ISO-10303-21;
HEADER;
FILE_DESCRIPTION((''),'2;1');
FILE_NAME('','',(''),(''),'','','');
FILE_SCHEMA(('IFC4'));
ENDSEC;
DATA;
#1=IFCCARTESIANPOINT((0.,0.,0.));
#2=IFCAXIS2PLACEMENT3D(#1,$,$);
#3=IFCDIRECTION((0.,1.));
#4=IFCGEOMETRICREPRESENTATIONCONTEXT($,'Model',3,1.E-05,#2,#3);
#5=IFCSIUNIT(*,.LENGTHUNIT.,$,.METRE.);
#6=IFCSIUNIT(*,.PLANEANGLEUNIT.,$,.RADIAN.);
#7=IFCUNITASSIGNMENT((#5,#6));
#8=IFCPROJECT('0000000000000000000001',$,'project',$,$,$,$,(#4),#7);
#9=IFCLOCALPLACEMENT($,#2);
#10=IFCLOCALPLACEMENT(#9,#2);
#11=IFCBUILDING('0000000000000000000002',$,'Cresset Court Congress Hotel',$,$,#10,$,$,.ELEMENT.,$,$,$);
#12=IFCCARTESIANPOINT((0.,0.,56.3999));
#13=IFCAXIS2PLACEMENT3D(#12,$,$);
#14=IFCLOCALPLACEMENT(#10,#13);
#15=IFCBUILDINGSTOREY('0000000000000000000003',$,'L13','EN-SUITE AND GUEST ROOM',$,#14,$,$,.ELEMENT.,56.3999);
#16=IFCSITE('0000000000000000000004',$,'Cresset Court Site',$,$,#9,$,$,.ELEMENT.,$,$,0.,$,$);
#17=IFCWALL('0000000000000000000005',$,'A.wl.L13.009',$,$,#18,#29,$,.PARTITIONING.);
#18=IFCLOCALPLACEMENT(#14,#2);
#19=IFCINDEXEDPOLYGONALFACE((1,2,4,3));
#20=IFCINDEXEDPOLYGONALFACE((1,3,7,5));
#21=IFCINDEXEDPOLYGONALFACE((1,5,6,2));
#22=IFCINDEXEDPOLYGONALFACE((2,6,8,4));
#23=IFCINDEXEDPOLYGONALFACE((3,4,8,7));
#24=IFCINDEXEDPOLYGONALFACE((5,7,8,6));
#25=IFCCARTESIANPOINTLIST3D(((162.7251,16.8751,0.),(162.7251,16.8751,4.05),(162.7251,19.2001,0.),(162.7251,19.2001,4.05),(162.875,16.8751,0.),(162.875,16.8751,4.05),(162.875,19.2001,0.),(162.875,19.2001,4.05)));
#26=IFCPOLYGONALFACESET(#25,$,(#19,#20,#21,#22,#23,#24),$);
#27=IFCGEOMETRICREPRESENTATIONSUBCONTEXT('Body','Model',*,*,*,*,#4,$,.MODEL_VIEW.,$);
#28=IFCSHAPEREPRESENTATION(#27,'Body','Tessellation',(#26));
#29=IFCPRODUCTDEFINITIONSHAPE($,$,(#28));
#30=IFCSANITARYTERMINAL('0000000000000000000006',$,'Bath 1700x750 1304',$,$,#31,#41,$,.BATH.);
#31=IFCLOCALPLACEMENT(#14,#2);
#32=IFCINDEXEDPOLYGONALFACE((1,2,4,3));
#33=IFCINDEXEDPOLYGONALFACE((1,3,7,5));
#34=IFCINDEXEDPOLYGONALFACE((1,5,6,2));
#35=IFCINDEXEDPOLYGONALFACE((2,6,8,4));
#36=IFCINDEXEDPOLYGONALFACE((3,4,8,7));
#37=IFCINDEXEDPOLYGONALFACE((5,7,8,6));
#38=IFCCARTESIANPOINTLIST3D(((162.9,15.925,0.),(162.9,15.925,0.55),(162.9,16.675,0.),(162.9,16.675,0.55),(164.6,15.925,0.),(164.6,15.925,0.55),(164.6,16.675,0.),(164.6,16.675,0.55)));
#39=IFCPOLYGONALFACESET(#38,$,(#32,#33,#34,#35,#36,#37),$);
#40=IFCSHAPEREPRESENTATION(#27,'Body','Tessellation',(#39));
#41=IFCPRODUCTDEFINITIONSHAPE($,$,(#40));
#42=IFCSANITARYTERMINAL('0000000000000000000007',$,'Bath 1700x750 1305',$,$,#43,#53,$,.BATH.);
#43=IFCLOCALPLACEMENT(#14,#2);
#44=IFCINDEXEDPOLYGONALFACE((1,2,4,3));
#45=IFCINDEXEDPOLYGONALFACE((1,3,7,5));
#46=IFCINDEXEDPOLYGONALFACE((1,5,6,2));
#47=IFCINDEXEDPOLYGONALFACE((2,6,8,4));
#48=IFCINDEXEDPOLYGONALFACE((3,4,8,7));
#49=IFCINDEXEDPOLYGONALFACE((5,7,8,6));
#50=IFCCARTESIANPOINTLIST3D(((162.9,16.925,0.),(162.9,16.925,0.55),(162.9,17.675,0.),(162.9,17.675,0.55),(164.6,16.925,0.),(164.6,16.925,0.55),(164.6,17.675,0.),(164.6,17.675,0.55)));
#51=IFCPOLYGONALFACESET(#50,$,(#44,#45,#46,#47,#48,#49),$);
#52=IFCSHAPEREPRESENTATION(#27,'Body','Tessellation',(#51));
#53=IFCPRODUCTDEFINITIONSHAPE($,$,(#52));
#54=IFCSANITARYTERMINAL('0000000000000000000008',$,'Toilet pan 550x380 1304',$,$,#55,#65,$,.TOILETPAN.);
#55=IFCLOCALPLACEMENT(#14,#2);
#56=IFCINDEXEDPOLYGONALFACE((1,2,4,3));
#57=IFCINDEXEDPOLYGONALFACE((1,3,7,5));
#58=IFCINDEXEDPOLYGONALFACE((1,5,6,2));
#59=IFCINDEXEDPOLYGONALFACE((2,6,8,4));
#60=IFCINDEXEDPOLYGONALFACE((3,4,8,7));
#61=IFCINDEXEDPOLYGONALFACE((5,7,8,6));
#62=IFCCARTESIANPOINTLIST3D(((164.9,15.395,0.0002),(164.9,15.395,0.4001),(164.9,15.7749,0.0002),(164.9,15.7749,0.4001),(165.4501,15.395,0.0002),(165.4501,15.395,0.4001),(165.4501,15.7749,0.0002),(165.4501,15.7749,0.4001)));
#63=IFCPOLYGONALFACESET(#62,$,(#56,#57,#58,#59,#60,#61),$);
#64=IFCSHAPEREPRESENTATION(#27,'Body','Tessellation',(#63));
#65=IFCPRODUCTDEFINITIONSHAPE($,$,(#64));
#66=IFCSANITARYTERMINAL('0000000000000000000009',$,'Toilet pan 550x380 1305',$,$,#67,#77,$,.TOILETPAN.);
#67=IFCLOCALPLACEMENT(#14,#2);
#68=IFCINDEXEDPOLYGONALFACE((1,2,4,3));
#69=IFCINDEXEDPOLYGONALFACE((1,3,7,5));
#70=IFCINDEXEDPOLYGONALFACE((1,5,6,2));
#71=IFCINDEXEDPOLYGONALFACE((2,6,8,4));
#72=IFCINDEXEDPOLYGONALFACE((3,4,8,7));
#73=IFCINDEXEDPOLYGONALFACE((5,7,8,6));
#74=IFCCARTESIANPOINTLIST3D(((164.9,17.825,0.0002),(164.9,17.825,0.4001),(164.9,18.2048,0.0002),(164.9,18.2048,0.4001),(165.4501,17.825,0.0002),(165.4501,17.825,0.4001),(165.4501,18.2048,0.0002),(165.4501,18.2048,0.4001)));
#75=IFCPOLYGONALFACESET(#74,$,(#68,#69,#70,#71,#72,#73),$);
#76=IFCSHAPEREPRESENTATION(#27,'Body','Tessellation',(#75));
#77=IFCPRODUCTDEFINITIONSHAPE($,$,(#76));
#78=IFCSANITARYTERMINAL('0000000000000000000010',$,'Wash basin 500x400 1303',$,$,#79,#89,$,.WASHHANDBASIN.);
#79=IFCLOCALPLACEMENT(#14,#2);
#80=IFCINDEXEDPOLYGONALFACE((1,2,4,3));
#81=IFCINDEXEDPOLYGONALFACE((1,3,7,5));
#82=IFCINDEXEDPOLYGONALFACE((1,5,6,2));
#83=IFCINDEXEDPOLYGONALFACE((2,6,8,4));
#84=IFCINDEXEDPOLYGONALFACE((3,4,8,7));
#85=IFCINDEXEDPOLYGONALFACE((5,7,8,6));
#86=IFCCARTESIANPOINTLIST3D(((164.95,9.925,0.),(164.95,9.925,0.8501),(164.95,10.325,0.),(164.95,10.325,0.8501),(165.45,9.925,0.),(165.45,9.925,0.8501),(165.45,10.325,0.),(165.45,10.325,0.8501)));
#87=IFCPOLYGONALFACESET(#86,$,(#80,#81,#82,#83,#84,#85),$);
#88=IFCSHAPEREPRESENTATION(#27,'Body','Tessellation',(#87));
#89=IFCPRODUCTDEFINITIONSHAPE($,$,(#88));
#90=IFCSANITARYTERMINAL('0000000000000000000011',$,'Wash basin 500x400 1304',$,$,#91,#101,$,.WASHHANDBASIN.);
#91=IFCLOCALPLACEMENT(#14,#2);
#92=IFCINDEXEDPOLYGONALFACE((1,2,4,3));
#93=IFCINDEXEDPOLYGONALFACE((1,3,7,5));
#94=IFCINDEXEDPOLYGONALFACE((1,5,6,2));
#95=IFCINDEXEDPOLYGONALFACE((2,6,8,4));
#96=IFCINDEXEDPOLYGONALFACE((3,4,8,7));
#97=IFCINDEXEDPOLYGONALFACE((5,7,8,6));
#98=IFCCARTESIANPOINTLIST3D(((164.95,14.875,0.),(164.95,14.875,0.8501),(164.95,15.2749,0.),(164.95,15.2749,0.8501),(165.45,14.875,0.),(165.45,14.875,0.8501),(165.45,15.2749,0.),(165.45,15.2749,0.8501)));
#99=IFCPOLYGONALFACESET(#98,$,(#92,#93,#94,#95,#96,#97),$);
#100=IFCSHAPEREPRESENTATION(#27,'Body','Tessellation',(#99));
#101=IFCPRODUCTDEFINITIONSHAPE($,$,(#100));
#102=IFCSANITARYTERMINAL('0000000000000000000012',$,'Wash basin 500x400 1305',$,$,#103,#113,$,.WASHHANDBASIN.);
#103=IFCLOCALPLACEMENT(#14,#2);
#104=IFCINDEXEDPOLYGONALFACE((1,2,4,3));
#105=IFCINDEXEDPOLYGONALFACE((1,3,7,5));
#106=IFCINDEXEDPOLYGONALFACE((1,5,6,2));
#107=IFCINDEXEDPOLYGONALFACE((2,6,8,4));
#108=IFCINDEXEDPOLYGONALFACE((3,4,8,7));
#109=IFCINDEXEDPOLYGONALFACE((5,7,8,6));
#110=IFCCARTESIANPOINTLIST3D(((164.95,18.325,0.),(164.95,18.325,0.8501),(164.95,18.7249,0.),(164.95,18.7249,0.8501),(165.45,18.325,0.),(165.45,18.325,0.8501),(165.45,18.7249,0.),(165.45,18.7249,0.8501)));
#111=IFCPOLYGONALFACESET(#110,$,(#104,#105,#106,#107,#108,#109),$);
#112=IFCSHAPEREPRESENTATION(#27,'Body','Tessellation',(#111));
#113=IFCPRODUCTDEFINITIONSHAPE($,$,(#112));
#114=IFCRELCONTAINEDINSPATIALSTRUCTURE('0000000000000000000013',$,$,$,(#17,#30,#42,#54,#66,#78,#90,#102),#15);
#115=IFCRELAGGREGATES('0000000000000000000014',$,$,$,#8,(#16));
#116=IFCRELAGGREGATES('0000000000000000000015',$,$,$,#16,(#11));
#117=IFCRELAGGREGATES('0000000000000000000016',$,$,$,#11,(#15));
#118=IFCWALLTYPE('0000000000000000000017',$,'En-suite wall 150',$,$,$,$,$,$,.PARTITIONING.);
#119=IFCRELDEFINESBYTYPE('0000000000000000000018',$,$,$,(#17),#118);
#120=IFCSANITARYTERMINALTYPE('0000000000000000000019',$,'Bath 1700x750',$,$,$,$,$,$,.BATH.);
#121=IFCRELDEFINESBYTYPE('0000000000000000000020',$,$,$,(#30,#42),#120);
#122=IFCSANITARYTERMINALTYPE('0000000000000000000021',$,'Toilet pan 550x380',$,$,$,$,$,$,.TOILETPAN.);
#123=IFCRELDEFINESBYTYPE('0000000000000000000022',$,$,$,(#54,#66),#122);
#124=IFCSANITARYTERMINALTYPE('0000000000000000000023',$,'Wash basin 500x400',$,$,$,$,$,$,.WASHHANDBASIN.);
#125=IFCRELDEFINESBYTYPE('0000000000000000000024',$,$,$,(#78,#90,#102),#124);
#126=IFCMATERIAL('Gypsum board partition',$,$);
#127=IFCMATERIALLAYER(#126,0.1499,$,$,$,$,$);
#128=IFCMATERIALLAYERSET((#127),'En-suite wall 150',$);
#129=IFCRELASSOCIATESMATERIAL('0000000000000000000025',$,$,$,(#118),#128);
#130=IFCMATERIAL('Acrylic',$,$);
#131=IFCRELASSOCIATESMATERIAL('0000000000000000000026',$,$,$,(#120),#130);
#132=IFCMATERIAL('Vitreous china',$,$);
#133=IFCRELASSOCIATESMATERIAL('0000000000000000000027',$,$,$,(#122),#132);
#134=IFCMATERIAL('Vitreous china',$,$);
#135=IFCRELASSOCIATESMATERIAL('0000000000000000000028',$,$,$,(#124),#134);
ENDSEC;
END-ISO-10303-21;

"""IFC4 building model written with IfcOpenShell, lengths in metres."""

from ifc_helpers import new_model, si_unit, direction, frame, frame_2d, origin, origin_2d, place, context, subcontext, project, spatial, rectangle, extrude, material, layer, layer_set, type_object, element, save


model = new_model("IFC4")

# Units and contexts
model_context = context("Model", 3, precision=1e-05, world=origin(), true_north=direction((0.0, 1.0)))
body_context = subcontext(model_context, "Body", "Model", "MODEL_VIEW")
ifc_project = project(units=[si_unit("LENGTHUNIT", "METRE"), si_unit("PLANEANGLEUNIT", "RADIAN")], contexts=[model_context])

# Site, building, storey
site_placement = place(None, origin())
site = spatial("IfcSite", under=ifc_project, at=site_placement, Name="Cresset Court Site", CompositionType="ELEMENT", RefElevation=0.0)
building_placement = place(site_placement, origin())
building = spatial("IfcBuilding", under=site, at=building_placement, Name="Cresset Court Congress Hotel", CompositionType="ELEMENT")
storey_placement = place(building_placement, frame((0.0, 0.0, 56.3999)))
storey = spatial("IfcBuildingStorey", under=building, at=storey_placement, Name="L13", Description="EN-SUITE AND GUEST ROOM", CompositionType="ELEMENT", Elevation=56.3999)

# Shared definitions
ifc_material_1 = material(Name="Gypsum board partition")
ifc_layer_1 = layer(ifc_material_1, 0.1499)
ifc_layer_set_1 = layer_set([ifc_layer_1], Name="En-suite wall 150")
wall_type_1 = type_object("IfcWallType", Name="En-suite wall 150", PredefinedType="PARTITIONING", material=ifc_layer_set_1)

# Wall
wall_1_placement = place(storey_placement, frame((162.8, 16.875, 0.0), z_axis=(0.0, 0.0, 1.0), x_axis=(0.0, 1.0, 0.0)))
element("IfcWall", 1, at=wall_1_placement, inside=storey, type_object=wall_type_1, Name="A.wl.L13.009", PredefinedType="PARTITIONING", context=body_context, shape_type="SweptSolid", body=[
    extrude(rectangle(XDim=2.325, YDim=0.1499, at=frame_2d((1.1626, 0.0))), origin(), (0.0, 0.0, 1.0), 4.05),
])

# Sanitary terminals
ifc_material_2 = material(Name="Acrylic")
sanitary_terminal_type_1 = type_object("IfcSanitaryTerminalType", Name="Bath 1700x750", PredefinedType="BATH", material=ifc_material_2)
for number, where, z_axis, x_axis, name in (
    (2, (163.75, 16.3, 0.0), (0.0, 0.0, 1.0), (1.0, 0.0, 0.0), "Bath 1700x750 1304"),
    (3, (163.75, 17.3, 0.0), (0.0, 0.0, 1.0), (1.0, 0.0, 0.0), "Bath 1700x750 1305"),
):
    element("IfcSanitaryTerminal", number, at=place(storey_placement, frame(where, z_axis=z_axis, x_axis=x_axis)), inside=storey, type_object=sanitary_terminal_type_1, Name=name, PredefinedType="BATH", context=body_context, shape_type="SweptSolid", body=[
        extrude(rectangle(XDim=1.7, YDim=0.75, at=origin_2d()), origin(), (0.0, 0.0, 1.0), 0.55),
    ])
ifc_material_3 = material(Name="Vitreous china")
sanitary_terminal_type_2 = type_object("IfcSanitaryTerminalType", Name="Toilet pan 550x380", PredefinedType="TOILETPAN", material=ifc_material_3)
for number, where, z_axis, x_axis, name in (
    (4, (165.175, 15.585, 0.0002), (0.0, 0.0, 1.0), (1.0, 0.0, 0.0), "Toilet pan 550x380 1304"),
    (5, (165.175, 18.0149, 0.0002), (0.0, 0.0, 1.0), (1.0, 0.0, 0.0), "Toilet pan 550x380 1305"),
):
    element("IfcSanitaryTerminal", number, at=place(storey_placement, frame(where, z_axis=z_axis, x_axis=x_axis)), inside=storey, type_object=sanitary_terminal_type_2, Name=name, PredefinedType="TOILETPAN", context=body_context, shape_type="SweptSolid", body=[
        extrude(rectangle(XDim=0.55, YDim=0.3799, at=origin_2d()), origin(), (0.0, 0.0, 1.0), 0.3999),
    ])
ifc_material_4 = material(Name="Vitreous china")
sanitary_terminal_type_3 = type_object("IfcSanitaryTerminalType", Name="Wash basin 500x400", PredefinedType="WASHHANDBASIN", material=ifc_material_4)
for number, where, z_axis, x_axis, name in (
    (6, (165.2, 10.125, 0.0), (0.0, 0.0, 1.0), (1.0, 0.0, 0.0), "Wash basin 500x400 1303"),
    (7, (165.2, 15.075, 0.0), (0.0, 0.0, 1.0), (1.0, 0.0, 0.0), "Wash basin 500x400 1304"),
    (8, (165.2, 18.5249, 0.0), (0.0, 0.0, 1.0), (1.0, 0.0, 0.0), "Wash basin 500x400 1305"),
):
    element("IfcSanitaryTerminal", number, at=place(storey_placement, frame(where, z_axis=z_axis, x_axis=x_axis)), inside=storey, type_object=sanitary_terminal_type_3, Name=name, PredefinedType="WASHHANDBASIN", context=body_context, shape_type="SweptSolid", body=[
        extrude(rectangle(XDim=0.5, YDim=0.3999, at=origin_2d()), origin(), (0.0, 0.0, 1.0), 0.8501),
    ])

save(model, "model.ifc")
